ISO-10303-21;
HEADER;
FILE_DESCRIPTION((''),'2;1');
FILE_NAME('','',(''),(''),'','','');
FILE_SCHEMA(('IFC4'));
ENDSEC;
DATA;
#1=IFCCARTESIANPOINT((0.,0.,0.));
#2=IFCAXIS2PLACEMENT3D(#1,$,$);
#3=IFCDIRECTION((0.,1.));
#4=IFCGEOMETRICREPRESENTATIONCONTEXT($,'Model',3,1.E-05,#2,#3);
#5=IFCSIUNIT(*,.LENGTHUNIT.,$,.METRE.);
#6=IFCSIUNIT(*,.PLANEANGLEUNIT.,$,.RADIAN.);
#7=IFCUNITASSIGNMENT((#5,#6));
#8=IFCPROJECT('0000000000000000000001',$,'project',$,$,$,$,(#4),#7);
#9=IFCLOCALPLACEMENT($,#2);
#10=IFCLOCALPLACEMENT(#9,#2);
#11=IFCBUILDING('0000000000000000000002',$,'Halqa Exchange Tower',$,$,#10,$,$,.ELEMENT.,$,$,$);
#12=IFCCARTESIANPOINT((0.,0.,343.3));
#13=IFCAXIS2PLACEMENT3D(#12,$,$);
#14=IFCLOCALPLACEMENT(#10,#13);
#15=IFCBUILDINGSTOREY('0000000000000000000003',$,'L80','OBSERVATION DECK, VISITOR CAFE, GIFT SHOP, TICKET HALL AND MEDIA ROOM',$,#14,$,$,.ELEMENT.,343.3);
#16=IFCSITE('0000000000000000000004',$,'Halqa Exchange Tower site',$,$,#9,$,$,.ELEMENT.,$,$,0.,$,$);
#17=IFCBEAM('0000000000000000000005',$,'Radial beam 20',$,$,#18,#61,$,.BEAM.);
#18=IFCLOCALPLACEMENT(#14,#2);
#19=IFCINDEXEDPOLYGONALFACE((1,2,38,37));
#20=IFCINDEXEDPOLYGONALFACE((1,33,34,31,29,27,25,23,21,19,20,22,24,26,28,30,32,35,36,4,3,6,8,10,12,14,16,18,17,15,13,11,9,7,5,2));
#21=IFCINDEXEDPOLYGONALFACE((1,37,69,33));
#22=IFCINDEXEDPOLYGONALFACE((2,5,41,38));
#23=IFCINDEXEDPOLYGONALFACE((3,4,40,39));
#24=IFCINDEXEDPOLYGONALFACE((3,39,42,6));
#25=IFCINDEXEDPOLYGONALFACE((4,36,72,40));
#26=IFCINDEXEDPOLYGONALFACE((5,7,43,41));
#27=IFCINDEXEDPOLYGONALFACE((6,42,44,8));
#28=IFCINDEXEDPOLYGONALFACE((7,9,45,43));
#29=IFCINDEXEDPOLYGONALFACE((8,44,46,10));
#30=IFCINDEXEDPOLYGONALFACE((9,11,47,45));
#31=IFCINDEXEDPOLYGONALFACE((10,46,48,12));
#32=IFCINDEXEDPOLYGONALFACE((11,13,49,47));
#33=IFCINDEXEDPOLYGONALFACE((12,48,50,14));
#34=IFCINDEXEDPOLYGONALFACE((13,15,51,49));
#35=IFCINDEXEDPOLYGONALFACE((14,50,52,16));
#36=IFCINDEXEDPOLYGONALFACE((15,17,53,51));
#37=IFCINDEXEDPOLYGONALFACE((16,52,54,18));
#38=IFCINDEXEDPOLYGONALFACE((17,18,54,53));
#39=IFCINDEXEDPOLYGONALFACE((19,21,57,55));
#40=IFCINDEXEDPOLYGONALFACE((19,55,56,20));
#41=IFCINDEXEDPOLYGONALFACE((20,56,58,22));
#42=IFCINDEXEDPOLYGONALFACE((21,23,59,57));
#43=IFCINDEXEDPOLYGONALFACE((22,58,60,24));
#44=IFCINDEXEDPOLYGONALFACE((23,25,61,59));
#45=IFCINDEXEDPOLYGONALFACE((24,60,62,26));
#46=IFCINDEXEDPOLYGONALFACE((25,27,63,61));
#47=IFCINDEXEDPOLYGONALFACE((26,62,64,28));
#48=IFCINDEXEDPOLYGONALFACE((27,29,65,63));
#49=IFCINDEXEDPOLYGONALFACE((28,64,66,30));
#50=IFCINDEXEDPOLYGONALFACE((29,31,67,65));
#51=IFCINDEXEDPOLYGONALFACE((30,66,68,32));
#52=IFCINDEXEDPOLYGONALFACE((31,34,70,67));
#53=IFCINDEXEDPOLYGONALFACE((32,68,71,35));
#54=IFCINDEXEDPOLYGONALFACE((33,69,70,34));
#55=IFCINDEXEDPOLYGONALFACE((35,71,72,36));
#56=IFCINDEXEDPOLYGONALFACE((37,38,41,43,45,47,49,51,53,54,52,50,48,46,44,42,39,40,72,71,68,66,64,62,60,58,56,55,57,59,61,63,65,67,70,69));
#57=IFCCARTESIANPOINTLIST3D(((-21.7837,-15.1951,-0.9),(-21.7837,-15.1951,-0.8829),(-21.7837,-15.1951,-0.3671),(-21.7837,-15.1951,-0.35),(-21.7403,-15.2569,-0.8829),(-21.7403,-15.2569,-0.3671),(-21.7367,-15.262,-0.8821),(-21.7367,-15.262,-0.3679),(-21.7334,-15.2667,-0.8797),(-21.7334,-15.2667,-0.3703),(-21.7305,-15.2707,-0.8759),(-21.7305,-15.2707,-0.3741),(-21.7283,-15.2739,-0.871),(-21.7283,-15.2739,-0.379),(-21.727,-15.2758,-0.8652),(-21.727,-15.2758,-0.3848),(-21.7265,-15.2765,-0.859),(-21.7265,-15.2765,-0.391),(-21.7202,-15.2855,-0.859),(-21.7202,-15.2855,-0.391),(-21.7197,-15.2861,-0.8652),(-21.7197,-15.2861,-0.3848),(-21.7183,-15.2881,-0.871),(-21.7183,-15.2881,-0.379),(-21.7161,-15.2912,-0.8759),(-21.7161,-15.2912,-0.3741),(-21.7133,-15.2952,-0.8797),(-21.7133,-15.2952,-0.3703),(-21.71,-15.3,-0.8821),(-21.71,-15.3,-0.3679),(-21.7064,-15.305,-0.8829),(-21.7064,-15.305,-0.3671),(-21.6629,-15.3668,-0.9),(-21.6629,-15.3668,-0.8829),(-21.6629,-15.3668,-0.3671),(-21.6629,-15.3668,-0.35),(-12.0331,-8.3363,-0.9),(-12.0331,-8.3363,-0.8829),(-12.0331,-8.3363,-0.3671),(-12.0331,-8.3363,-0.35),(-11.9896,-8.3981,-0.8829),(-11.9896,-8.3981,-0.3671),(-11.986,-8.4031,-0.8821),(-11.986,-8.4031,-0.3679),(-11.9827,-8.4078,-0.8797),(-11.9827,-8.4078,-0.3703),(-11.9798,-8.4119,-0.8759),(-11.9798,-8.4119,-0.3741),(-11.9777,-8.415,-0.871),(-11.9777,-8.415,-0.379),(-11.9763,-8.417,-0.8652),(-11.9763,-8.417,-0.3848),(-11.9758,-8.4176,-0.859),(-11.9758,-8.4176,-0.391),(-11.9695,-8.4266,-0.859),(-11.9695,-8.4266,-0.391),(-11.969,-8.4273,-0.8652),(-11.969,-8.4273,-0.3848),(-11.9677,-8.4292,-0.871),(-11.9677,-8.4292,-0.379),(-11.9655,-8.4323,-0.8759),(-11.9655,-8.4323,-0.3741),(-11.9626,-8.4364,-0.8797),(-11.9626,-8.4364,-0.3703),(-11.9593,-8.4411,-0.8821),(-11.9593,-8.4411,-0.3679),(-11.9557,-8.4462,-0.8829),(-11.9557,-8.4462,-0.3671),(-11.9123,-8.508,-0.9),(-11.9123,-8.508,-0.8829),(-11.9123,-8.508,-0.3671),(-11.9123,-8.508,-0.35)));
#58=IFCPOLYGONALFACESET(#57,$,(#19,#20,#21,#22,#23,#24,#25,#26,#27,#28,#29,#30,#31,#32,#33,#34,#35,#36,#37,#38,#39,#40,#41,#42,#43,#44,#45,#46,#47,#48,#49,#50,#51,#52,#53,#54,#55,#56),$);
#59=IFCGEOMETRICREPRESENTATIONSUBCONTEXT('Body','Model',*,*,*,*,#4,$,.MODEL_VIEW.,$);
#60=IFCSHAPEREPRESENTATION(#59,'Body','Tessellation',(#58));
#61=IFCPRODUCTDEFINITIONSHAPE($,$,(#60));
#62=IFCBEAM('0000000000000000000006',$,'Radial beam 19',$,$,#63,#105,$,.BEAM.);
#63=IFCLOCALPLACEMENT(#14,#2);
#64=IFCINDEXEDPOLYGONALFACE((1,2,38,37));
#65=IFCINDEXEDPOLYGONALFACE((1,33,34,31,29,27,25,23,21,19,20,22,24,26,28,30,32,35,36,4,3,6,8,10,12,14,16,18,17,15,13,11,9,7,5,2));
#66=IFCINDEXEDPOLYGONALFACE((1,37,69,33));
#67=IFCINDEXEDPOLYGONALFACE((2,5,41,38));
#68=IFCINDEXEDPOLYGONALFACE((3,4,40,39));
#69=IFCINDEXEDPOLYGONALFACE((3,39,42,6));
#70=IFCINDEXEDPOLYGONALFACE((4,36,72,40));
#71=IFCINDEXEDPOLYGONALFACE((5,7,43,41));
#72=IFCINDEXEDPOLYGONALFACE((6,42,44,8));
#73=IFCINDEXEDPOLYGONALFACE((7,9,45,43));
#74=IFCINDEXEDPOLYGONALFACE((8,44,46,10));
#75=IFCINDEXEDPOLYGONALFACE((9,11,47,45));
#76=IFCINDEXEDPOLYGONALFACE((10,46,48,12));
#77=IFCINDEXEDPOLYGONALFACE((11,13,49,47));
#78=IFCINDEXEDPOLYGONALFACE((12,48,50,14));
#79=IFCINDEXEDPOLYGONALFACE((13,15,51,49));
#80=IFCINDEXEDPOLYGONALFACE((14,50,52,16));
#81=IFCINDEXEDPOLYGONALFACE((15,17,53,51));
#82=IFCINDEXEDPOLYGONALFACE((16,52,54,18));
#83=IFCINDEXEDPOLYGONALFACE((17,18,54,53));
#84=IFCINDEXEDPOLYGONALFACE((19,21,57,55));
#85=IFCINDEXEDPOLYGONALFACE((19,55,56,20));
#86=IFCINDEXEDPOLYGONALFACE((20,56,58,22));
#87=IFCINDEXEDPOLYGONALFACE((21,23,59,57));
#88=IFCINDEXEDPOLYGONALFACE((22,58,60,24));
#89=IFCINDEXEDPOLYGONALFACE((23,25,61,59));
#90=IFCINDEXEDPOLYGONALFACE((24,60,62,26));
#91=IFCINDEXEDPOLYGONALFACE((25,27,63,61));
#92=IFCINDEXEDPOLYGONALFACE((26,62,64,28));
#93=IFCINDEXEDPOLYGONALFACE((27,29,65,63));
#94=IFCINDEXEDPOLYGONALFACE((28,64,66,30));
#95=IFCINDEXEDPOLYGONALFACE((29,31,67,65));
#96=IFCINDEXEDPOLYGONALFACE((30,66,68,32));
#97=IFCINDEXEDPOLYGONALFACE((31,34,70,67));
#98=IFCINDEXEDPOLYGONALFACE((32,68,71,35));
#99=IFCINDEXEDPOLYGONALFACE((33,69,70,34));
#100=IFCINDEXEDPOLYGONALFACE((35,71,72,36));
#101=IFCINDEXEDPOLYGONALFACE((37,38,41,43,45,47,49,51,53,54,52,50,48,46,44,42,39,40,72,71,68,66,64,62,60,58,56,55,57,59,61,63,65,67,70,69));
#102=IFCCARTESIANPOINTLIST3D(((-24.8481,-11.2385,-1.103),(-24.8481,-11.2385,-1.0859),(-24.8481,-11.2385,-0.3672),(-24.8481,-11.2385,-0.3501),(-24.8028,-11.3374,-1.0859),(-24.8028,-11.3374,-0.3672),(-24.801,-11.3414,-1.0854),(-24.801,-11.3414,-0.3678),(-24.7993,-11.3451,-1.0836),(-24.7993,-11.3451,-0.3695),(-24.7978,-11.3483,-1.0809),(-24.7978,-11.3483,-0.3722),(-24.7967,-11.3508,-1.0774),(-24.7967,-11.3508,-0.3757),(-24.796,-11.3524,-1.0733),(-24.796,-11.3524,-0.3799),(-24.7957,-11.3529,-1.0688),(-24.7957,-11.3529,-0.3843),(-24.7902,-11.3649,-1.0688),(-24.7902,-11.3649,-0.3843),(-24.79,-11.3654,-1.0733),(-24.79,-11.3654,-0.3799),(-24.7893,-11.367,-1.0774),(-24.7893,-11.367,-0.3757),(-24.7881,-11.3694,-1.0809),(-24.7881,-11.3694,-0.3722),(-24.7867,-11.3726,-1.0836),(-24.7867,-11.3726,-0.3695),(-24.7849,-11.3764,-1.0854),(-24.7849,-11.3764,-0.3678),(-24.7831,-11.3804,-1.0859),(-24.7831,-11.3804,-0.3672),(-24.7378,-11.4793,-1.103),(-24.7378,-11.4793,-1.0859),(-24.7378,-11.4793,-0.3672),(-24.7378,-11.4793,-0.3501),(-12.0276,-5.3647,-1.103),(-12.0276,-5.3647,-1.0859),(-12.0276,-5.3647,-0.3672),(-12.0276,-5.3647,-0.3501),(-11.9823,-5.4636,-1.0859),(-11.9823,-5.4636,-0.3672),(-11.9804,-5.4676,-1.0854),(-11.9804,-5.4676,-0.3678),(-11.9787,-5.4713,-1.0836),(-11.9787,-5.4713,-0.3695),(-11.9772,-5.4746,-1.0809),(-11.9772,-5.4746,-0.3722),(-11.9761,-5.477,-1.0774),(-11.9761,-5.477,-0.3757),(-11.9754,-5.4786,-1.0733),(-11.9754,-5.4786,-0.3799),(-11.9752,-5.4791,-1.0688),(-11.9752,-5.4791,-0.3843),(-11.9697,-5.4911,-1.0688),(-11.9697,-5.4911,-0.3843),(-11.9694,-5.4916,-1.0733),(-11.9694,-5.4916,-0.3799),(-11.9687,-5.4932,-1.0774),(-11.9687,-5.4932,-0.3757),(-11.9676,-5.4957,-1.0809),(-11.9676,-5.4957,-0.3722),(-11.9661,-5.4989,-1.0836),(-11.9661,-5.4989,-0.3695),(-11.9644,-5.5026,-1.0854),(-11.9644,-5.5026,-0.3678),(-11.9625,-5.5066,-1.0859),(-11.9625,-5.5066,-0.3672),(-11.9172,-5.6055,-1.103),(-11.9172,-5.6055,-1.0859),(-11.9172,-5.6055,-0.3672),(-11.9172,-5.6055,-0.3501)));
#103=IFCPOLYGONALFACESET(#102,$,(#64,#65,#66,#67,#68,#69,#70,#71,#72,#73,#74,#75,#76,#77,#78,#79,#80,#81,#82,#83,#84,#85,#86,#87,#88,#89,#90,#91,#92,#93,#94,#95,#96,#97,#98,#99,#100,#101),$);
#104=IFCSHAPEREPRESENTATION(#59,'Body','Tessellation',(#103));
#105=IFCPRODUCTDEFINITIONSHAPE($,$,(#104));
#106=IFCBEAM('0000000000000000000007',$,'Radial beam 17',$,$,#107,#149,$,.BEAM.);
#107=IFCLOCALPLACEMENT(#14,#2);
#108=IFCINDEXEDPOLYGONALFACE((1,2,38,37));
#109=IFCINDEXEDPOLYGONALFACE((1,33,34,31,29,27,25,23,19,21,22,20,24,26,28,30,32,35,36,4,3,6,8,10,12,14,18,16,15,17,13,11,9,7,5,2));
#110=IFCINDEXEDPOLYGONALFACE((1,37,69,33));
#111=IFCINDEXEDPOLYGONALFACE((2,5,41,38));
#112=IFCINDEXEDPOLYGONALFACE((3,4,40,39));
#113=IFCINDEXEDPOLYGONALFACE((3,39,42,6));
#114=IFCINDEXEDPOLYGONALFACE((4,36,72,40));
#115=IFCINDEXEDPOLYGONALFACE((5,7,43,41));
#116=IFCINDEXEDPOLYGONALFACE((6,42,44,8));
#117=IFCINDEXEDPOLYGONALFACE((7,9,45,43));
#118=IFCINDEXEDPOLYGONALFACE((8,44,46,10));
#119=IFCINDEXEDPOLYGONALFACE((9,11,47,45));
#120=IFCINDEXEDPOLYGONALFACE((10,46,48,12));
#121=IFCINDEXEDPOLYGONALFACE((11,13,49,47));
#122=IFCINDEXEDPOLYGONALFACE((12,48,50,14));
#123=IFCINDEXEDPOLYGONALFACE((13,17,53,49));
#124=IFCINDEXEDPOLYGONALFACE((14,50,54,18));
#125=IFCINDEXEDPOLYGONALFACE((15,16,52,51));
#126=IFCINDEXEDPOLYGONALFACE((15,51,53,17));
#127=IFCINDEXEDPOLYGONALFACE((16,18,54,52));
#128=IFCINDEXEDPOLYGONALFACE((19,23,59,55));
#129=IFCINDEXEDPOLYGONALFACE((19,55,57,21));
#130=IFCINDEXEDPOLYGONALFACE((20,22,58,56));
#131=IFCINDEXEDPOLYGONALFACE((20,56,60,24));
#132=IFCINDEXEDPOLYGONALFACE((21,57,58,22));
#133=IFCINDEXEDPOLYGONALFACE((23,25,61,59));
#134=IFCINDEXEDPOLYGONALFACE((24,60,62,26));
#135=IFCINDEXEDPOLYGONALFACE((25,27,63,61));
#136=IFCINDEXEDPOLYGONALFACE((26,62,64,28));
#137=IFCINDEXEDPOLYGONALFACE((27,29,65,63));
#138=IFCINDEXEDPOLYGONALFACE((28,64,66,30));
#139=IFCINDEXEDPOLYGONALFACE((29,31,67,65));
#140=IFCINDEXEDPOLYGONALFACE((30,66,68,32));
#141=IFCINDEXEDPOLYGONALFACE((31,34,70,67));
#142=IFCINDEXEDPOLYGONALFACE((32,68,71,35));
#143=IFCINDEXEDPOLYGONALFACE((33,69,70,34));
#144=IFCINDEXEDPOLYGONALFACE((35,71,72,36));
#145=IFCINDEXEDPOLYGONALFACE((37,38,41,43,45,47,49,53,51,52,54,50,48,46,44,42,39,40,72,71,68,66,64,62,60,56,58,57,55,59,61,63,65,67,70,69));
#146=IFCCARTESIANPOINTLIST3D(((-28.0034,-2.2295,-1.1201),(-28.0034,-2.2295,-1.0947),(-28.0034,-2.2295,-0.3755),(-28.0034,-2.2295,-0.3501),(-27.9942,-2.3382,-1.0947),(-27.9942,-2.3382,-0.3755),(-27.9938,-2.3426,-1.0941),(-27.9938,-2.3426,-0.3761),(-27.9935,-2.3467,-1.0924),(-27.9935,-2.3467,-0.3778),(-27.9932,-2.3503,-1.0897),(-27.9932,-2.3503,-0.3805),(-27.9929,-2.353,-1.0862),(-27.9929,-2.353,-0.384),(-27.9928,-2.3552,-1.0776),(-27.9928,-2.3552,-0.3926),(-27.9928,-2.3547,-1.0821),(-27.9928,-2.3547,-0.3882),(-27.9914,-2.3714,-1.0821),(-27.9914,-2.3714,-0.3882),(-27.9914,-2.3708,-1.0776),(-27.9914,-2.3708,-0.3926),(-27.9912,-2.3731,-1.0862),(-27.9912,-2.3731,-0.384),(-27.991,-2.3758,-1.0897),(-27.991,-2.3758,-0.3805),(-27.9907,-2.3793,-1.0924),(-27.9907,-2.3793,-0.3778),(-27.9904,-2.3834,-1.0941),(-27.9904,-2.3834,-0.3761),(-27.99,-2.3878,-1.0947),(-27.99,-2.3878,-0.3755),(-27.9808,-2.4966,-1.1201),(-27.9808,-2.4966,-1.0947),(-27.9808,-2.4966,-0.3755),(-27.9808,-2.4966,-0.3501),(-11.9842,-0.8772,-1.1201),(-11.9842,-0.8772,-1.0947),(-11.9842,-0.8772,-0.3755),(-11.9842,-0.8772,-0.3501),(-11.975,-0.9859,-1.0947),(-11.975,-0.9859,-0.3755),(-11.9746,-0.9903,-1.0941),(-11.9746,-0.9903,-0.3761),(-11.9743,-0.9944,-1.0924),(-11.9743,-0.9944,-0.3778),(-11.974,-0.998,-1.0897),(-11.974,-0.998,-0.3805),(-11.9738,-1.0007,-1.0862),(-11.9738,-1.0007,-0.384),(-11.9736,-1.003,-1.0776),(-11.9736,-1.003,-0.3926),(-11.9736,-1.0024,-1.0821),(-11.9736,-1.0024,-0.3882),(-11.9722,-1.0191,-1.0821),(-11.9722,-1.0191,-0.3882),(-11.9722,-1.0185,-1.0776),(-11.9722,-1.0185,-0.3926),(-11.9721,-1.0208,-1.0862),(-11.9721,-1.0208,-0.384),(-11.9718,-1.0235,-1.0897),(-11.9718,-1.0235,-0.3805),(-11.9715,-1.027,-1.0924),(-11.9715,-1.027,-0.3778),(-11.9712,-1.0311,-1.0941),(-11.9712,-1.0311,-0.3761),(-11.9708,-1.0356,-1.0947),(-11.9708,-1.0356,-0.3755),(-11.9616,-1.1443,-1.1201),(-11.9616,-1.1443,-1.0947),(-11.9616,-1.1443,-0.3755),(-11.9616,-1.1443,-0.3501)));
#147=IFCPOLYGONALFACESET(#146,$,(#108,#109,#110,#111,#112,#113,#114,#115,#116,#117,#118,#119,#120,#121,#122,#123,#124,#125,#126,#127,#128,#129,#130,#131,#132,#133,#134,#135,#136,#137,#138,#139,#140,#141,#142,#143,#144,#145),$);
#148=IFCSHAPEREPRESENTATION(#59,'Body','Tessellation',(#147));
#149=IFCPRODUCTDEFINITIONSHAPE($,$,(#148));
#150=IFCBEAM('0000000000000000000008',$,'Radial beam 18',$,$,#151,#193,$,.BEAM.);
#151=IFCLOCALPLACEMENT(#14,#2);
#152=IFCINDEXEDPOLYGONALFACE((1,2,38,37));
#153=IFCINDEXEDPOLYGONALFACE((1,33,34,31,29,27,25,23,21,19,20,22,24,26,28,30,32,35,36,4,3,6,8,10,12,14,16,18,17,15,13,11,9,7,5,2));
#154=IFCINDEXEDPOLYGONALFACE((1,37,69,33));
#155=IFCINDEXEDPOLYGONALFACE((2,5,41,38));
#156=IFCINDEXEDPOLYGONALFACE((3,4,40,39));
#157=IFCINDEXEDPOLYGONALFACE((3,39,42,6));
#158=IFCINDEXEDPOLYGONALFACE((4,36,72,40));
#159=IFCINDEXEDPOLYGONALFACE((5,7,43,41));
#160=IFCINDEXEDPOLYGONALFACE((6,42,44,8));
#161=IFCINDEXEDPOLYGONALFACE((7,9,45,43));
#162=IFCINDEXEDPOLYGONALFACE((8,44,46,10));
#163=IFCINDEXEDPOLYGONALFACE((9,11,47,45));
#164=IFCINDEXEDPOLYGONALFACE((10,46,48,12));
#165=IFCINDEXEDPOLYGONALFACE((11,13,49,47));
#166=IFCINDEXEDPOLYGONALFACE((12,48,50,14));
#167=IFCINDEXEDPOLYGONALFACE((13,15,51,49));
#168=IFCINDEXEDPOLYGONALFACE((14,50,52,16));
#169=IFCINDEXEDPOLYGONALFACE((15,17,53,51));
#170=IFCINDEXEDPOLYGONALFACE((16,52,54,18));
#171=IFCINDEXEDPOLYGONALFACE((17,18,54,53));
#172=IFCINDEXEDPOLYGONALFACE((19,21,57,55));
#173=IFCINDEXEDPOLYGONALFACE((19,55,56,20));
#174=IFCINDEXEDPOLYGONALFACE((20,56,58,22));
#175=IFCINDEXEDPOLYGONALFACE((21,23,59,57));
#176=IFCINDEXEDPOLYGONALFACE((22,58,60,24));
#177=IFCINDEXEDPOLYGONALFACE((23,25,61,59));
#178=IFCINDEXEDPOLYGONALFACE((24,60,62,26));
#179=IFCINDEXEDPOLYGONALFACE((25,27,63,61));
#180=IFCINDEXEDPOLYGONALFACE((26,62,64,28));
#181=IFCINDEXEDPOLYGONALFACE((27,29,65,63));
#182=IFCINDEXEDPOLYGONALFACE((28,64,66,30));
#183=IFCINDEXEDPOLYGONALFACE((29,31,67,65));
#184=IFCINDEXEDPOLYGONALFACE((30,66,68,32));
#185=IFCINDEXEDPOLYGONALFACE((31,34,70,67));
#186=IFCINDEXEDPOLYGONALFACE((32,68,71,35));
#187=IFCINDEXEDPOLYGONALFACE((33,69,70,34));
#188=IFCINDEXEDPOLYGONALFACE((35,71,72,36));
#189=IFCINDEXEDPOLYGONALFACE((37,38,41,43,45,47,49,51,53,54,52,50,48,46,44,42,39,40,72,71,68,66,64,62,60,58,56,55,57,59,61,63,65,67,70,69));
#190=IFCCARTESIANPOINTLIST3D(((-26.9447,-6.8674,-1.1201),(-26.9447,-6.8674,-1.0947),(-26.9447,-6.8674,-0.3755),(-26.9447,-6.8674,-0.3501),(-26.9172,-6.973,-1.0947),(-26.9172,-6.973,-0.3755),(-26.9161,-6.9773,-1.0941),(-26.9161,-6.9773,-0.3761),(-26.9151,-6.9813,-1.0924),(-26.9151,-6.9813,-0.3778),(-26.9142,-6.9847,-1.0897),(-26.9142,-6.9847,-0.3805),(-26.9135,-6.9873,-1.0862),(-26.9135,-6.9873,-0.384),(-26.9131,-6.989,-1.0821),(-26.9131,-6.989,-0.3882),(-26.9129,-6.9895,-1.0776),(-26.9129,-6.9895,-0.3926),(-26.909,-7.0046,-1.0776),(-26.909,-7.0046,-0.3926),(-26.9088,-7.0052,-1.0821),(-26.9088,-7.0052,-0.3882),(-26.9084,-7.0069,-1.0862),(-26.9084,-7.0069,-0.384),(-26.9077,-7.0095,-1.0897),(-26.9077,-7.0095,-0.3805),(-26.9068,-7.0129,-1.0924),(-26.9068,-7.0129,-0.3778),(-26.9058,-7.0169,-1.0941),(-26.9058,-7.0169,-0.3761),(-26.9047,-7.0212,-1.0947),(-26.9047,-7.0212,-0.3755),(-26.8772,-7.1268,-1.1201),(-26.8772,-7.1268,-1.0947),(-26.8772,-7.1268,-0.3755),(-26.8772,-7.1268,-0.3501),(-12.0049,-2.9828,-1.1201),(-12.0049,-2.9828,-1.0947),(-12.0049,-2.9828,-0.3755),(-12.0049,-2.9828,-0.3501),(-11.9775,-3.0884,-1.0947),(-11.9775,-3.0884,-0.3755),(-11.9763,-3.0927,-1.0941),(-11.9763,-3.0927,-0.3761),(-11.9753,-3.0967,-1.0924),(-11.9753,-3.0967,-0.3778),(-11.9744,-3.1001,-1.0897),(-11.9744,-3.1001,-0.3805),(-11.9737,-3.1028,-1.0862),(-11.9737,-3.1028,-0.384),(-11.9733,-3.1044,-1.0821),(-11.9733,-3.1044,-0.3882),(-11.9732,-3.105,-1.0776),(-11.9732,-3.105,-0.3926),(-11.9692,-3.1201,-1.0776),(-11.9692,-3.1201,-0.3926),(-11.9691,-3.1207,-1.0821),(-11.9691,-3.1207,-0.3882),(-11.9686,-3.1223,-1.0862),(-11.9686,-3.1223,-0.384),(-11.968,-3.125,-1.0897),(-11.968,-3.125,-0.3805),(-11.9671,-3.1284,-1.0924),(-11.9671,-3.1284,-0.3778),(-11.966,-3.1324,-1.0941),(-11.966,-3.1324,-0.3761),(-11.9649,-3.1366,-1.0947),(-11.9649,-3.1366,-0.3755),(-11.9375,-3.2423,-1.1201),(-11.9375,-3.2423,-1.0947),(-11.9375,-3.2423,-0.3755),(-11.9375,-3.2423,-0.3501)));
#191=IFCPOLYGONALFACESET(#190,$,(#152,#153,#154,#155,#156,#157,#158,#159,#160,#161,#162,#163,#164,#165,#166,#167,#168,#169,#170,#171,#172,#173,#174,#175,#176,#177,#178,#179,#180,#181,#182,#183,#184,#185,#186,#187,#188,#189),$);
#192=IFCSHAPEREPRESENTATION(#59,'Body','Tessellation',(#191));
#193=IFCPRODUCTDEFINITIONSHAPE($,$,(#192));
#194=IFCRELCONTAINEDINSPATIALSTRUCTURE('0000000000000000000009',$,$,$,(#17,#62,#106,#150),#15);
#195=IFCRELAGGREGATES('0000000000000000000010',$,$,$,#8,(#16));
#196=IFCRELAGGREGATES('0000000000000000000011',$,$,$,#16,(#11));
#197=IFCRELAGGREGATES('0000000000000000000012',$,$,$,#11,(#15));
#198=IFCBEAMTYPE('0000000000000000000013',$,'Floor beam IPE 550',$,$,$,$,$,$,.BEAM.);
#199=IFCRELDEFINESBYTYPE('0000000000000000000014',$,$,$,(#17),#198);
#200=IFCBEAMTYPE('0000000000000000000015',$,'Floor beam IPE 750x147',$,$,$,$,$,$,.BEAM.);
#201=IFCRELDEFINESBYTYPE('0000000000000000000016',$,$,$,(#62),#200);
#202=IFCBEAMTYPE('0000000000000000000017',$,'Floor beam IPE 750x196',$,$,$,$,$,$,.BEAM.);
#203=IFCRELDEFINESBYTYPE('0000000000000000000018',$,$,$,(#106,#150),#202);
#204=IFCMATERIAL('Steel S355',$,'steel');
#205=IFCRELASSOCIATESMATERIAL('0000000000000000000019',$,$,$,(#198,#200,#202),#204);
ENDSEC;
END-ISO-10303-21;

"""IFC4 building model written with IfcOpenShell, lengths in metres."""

from ifc_helpers import new_model, si_unit, direction, frame, origin, origin_2d, place, context, subcontext, project, spatial, i_section, extrude, material, material_profile, profile_set, type_object, element, save


model = new_model("IFC4")

# Units and contexts
model_context = context("Model", 3, precision=1e-05, world=origin(), true_north=direction((0.0, 1.0)))
body_context = subcontext(model_context, "Body", "Model", "MODEL_VIEW")
ifc_project = project(units=[si_unit("LENGTHUNIT", "METRE"), si_unit("PLANEANGLEUNIT", "RADIAN")], contexts=[model_context])

# Site, building, storey
site_placement = place(None, origin())
site = spatial("IfcSite", under=ifc_project, at=site_placement, Name="Halqa Exchange Tower site", CompositionType="ELEMENT", RefElevation=0.0)
building_placement = place(site_placement, origin())
building = spatial("IfcBuilding", under=site, at=building_placement, Name="Halqa Exchange Tower", CompositionType="ELEMENT")
storey_placement = place(building_placement, frame((0.0, 0.0, 343.3)))
storey = spatial("IfcBuildingStorey", under=building, at=storey_placement, Name="L80", Description="OBSERVATION DECK, VISITOR CAFE, GIFT SHOP, TICKET HALL AND MEDIA ROOM", CompositionType="ELEMENT", Elevation=343.3)

# Beams
ifc_material_1 = material(Name="Steel S355", Category="steel")
ifc_material_profile_1 = material_profile(ifc_material_1, i_section(OverallWidth=0.21, OverallDepth=0.55, WebThickness=0.011, FlangeThickness=0.0171, FilletRadius=0.0239, at=origin_2d()), Name="IPE 550")
ifc_profile_set_1 = profile_set([ifc_material_profile_1], Name="Steel S355")
beam_type_1 = type_object("IfcBeamType", Name="Floor beam IPE 550", PredefinedType="BEAM", material=ifc_profile_set_1)
beam_1_placement = place(storey_placement, frame((-11.9727, -8.4221, -0.625), z_axis=(-0.817915, -0.57534, 0.0), x_axis=(0.57534, -0.817915, 0.0)))
element("IfcBeam", 1, at=beam_1_placement, inside=storey, type_object=beam_type_1, Name="Radial beam 20", PredefinedType="BEAM", context=body_context, shape_type="SweptSolid", body=[
    extrude(i_section(OverallWidth=0.21, OverallDepth=0.55, WebThickness=0.011, FlangeThickness=0.0171, FilletRadius=0.0239, at=origin_2d()), origin(), (0.0, 0.0, 1.0), 11.9214),
])
ifc_material_profile_2 = material_profile(ifc_material_1, i_section(OverallWidth=0.2649, OverallDepth=0.7529, WebThickness=0.0132, FlangeThickness=0.0171, FilletRadius=0.0171, at=origin_2d()), Name="IPE 750x147")
ifc_profile_set_2 = profile_set([ifc_material_profile_2], Name="Steel S355")
beam_type_2 = type_object("IfcBeamType", Name="Floor beam IPE 750x147", PredefinedType="BEAM", material=ifc_profile_set_2)
beam_2_placement = place(storey_placement, frame((-11.9724, -5.4851, -0.7266), z_axis=(-0.909127, -0.416519, 0.0), x_axis=(0.416519, -0.909127, 0.0)))
element("IfcBeam", 2, at=beam_2_placement, inside=storey, type_object=beam_type_2, Name="Radial beam 19", PredefinedType="BEAM", context=body_context, shape_type="SweptSolid", body=[
    extrude(i_section(OverallWidth=0.2649, OverallDepth=0.7529, WebThickness=0.0132, FlangeThickness=0.0171, FilletRadius=0.0171, at=origin_2d()), origin(), (0.0, 0.0, 1.0), 14.1021),
])
ifc_material_profile_3 = material_profile(ifc_material_1, i_section(OverallWidth=0.2681, OverallDepth=0.77, WebThickness=0.0156, FlangeThickness=0.0254, FilletRadius=0.0171, at=origin_2d()), Name="IPE 750x196")
ifc_profile_set_3 = profile_set([ifc_material_profile_3], Name="Steel S355")
beam_type_3 = type_object("IfcBeamType", Name="Floor beam IPE 750x196", PredefinedType="BEAM", material=ifc_profile_set_3)
beam_3_placement = place(storey_placement, frame((-11.9729, -1.0107, -0.7351), z_axis=(-0.996456, -0.084117, 0.0), x_axis=(0.084117, -0.996456, 0.0)))
element("IfcBeam", 3, at=beam_3_placement, inside=storey, type_object=beam_type_3, Name="Radial beam 17", PredefinedType="BEAM", context=body_context, shape_type="SweptSolid", body=[
    extrude(i_section(OverallWidth=0.2681, OverallDepth=0.77, WebThickness=0.0156, FlangeThickness=0.0254, FilletRadius=0.0171, at=origin_2d()), origin(), (0.0, 0.0, 1.0), 16.0762),
])
beam_4_placement = place(storey_placement, frame((-11.9712, -3.1125, -0.7351), z_axis=(-0.967819, -0.251646, 0.0), x_axis=(0.251646, -0.967819, 0.0)))
element("IfcBeam", 4, at=beam_4_placement, inside=storey, type_object=beam_type_3, Name="Radial beam 18", PredefinedType="BEAM", context=body_context, shape_type="SweptSolid", body=[
    extrude(i_section(OverallWidth=0.2681, OverallDepth=0.77, WebThickness=0.0156, FlangeThickness=0.0254, FilletRadius=0.0171, at=origin_2d()), origin(), (0.0, 0.0, 1.0), 15.4365),
])

save(model, "model.ifc")
